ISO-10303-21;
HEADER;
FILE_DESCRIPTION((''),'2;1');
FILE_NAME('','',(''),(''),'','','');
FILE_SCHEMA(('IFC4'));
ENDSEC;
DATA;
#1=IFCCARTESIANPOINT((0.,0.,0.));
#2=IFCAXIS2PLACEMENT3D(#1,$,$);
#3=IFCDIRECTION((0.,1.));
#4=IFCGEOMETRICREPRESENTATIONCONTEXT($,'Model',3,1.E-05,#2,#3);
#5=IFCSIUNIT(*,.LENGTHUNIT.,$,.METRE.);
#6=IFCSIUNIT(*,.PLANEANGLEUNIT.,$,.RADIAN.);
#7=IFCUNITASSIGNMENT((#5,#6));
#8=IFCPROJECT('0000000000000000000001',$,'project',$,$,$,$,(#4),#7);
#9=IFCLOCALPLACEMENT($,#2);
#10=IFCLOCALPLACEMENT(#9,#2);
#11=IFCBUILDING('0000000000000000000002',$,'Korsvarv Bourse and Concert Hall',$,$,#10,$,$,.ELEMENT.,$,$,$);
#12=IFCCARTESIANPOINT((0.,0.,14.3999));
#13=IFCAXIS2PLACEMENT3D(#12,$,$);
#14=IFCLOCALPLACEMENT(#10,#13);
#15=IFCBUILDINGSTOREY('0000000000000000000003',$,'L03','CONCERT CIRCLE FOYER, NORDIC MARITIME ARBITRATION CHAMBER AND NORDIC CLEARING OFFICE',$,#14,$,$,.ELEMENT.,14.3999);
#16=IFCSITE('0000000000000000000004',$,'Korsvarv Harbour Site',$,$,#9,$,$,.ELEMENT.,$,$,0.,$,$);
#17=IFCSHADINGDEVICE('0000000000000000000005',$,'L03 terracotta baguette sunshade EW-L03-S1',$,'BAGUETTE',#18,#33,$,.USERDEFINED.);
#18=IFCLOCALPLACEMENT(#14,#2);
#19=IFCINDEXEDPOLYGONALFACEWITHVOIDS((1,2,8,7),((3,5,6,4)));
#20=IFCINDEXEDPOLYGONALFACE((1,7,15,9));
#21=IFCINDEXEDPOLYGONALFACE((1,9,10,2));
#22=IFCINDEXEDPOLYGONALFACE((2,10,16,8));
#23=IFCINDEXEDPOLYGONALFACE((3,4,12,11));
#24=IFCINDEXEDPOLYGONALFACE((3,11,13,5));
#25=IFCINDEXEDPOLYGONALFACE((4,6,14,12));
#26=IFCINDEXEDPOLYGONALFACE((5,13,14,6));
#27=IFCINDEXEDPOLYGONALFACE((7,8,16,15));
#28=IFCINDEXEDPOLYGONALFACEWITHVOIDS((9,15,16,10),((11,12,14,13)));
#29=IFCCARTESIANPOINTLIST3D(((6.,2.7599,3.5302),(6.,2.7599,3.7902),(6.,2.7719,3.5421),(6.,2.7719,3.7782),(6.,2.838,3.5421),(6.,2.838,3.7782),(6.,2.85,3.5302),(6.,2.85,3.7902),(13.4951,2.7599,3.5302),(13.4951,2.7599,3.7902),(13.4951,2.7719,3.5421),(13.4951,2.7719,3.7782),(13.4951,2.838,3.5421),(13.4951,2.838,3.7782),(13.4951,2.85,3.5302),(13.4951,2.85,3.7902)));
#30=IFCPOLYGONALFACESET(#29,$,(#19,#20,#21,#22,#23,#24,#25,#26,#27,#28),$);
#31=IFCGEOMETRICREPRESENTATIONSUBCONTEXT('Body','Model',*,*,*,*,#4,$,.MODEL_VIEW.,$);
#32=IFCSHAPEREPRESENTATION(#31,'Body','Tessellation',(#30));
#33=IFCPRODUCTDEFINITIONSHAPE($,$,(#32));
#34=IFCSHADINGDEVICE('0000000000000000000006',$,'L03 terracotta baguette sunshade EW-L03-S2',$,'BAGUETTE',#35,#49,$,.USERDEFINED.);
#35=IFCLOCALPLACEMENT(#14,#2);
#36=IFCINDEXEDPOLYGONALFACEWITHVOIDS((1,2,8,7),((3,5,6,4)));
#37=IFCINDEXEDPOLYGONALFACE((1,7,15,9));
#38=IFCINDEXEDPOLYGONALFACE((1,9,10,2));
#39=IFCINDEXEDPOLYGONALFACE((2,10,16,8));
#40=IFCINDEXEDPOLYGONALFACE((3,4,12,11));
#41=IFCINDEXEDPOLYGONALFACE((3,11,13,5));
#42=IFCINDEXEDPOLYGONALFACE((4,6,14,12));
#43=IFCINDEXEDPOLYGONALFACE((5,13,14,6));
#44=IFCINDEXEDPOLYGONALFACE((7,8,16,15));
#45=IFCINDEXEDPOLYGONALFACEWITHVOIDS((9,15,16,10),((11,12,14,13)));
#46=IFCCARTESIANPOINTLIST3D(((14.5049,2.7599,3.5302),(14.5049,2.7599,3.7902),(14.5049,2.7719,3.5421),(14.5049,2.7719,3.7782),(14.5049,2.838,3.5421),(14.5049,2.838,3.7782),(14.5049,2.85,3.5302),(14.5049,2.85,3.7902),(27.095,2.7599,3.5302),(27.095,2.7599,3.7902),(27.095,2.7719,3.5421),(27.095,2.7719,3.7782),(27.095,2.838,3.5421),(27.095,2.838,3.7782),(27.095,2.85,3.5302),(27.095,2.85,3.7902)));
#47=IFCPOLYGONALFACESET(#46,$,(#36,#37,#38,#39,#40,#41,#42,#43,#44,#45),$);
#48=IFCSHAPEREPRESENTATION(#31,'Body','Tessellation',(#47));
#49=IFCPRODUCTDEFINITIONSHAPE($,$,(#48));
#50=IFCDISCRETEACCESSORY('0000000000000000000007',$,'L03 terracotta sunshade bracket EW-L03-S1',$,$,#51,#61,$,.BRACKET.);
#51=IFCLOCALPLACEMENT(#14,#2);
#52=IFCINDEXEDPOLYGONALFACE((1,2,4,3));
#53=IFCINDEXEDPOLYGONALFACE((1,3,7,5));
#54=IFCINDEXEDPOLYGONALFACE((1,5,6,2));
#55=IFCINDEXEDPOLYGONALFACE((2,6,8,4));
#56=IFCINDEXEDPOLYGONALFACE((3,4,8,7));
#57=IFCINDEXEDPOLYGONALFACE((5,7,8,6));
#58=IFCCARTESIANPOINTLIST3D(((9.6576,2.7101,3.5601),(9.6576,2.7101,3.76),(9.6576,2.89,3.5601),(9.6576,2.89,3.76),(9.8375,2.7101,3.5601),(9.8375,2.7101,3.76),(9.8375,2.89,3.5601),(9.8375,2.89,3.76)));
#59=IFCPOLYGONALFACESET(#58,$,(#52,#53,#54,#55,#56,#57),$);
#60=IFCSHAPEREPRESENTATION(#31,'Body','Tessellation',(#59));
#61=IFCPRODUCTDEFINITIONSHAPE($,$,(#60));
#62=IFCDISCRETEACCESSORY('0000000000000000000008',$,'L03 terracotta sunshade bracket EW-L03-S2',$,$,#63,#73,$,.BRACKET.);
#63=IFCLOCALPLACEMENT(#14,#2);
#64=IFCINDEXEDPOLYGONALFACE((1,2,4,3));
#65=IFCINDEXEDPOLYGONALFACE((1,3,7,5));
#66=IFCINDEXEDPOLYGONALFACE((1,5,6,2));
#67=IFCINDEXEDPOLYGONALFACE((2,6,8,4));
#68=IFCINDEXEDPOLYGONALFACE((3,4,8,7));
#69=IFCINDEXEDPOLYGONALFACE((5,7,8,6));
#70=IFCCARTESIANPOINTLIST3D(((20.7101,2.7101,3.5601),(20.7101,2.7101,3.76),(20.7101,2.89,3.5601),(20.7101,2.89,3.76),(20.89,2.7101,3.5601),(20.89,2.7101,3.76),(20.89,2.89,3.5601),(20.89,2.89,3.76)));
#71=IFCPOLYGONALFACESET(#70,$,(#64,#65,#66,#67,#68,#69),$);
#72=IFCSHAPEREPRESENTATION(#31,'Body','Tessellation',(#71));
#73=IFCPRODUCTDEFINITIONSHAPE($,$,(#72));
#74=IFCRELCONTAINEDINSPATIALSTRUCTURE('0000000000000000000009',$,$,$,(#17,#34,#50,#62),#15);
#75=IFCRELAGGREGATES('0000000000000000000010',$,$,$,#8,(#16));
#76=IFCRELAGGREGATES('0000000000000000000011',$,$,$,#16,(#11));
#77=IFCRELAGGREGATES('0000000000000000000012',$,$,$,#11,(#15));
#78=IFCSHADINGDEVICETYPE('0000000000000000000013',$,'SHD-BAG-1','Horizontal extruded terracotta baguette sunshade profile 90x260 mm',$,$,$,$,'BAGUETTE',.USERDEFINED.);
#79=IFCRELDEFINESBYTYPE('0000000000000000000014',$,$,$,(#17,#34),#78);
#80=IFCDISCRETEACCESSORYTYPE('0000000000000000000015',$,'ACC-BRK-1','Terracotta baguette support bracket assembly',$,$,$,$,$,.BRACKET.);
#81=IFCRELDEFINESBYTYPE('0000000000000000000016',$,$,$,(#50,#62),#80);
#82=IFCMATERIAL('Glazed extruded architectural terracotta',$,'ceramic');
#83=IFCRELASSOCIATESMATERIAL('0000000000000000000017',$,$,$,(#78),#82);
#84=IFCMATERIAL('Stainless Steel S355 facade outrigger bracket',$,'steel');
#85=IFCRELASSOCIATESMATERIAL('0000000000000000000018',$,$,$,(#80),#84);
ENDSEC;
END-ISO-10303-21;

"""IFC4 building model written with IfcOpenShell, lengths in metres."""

from ifc_helpers import new_model, si_unit, direction, frame, origin, origin_2d, place, context, subcontext, project, spatial, rectangle, hollow_rectangle, extrude, source, transform, mapped, material, material_profile, profile_set, type_object, element, save


model = new_model("IFC4")

# Units and contexts
model_context = context("Model", 3, precision=1e-05, world=origin(), true_north=direction((0.0, 1.0)))
body_context = subcontext(model_context, "Body", "Model", "MODEL_VIEW")
ifc_project = project(units=[si_unit("LENGTHUNIT", "METRE"), si_unit("PLANEANGLEUNIT", "RADIAN")], contexts=[model_context])

# Site, building, storey
site_placement = place(None, origin())
site = spatial("IfcSite", under=ifc_project, at=site_placement, Name="Korsvarv Harbour Site", CompositionType="ELEMENT", RefElevation=0.0)
building_placement = place(site_placement, origin())
building = spatial("IfcBuilding", under=site, at=building_placement, Name="Korsvarv Bourse and Concert Hall", CompositionType="ELEMENT")
storey_placement = place(building_placement, frame((0.0, 0.0, 14.3999)))
storey = spatial("IfcBuildingStorey", under=building, at=storey_placement, Name="L03", Description="CONCERT CIRCLE FOYER, NORDIC MARITIME ARBITRATION CHAMBER AND NORDIC CLEARING OFFICE", CompositionType="ELEMENT", Elevation=14.3999)

# Shading devices
ifc_material_1 = material(Name="Glazed extruded architectural terracotta", Category="ceramic")
ifc_material_profile = material_profile(ifc_material_1, hollow_rectangle(XDim=0.0901, YDim=0.26, WallThickness=0.012, at=origin_2d()), Name="TC-BAG 90x260")
ifc_profile_set = profile_set([ifc_material_profile], Name="Glazed extruded architectural terracotta")
shading_device_type = type_object("IfcShadingDeviceType", Name="SHD-BAG-1", Description="Horizontal extruded terracotta baguette sunshade profile 90x260 mm", ElementType="BAGUETTE", PredefinedType="USERDEFINED", material=ifc_profile_set)
shared_shape_1 = source(origin(), body_context, "Body", "SweptSolid", [
    extrude(hollow_rectangle(XDim=0.0901, YDim=0.26, WallThickness=0.012, at=origin_2d()), origin(), (0.0, 0.0, 1.0), 7.4951),
])
shading_device_1_placement = place(storey_placement, frame((6.0, 2.8049, 3.6602), z_axis=(1.0, 0.0, 0.0), x_axis=(0.0, 1.0, 0.0)))
element("IfcShadingDevice", 1, at=shading_device_1_placement, inside=storey, type_object=shading_device_type, Name="L03 terracotta baguette sunshade EW-L03-S1", ObjectType="BAGUETTE", PredefinedType="USERDEFINED", context=body_context, shape_type="MappedRepresentation", body=[
    mapped(shared_shape_1, transform((0.0, 0.0, 0.0), scale=1.0)),
])
shared_shape_2 = source(origin(), body_context, "Body", "SweptSolid", [
    extrude(hollow_rectangle(XDim=0.0901, YDim=0.26, WallThickness=0.012, at=origin_2d()), origin(), (0.0, 0.0, 1.0), 12.5901),
])
shading_device_2_placement = place(storey_placement, frame((14.5049, 2.8049, 3.6602), z_axis=(1.0, 0.0, 0.0), x_axis=(0.0, 1.0, 0.0)))
element("IfcShadingDevice", 2, at=shading_device_2_placement, inside=storey, type_object=shading_device_type, Name="L03 terracotta baguette sunshade EW-L03-S2", ObjectType="BAGUETTE", PredefinedType="USERDEFINED", context=body_context, shape_type="MappedRepresentation", body=[
    mapped(shared_shape_2, transform((0.0, 0.0, 0.0), scale=1.0)),
])

# Discrete accessories
ifc_material_2 = material(Name="Stainless Steel S355 facade outrigger bracket", Category="steel")
discrete_accessory_type = type_object("IfcDiscreteAccessoryType", Name="ACC-BRK-1", Description="Terracotta baguette support bracket assembly", PredefinedType="BRACKET", material=ifc_material_2)
shared_shape_3 = source(origin(), body_context, "Body", "SweptSolid", [
    extrude(rectangle(XDim=0.1799, YDim=0.1799, at=origin_2d()), origin(), (0.0, 0.0, 1.0), 0.2),
])
for number, where, z_axis, x_axis, name in (
    (3, (9.7476, 2.8, 3.5601), (0.0, 0.0, 1.0), (1.0, 0.0, 0.0), "L03 terracotta sunshade bracket EW-L03-S1"),
    (4, (20.8, 2.8, 3.5601), (0.0, 0.0, 1.0), (1.0, 0.0, 0.0), "L03 terracotta sunshade bracket EW-L03-S2"),
):
    element("IfcDiscreteAccessory", number, at=place(storey_placement, frame(where, z_axis=z_axis, x_axis=x_axis)), inside=storey, type_object=discrete_accessory_type, Name=name, PredefinedType="BRACKET", context=body_context, shape_type="MappedRepresentation", body=[
        mapped(shared_shape_3, transform((0.0, 0.0, 0.0), scale=1.0)),
    ])

save(model, "model.ifc")
